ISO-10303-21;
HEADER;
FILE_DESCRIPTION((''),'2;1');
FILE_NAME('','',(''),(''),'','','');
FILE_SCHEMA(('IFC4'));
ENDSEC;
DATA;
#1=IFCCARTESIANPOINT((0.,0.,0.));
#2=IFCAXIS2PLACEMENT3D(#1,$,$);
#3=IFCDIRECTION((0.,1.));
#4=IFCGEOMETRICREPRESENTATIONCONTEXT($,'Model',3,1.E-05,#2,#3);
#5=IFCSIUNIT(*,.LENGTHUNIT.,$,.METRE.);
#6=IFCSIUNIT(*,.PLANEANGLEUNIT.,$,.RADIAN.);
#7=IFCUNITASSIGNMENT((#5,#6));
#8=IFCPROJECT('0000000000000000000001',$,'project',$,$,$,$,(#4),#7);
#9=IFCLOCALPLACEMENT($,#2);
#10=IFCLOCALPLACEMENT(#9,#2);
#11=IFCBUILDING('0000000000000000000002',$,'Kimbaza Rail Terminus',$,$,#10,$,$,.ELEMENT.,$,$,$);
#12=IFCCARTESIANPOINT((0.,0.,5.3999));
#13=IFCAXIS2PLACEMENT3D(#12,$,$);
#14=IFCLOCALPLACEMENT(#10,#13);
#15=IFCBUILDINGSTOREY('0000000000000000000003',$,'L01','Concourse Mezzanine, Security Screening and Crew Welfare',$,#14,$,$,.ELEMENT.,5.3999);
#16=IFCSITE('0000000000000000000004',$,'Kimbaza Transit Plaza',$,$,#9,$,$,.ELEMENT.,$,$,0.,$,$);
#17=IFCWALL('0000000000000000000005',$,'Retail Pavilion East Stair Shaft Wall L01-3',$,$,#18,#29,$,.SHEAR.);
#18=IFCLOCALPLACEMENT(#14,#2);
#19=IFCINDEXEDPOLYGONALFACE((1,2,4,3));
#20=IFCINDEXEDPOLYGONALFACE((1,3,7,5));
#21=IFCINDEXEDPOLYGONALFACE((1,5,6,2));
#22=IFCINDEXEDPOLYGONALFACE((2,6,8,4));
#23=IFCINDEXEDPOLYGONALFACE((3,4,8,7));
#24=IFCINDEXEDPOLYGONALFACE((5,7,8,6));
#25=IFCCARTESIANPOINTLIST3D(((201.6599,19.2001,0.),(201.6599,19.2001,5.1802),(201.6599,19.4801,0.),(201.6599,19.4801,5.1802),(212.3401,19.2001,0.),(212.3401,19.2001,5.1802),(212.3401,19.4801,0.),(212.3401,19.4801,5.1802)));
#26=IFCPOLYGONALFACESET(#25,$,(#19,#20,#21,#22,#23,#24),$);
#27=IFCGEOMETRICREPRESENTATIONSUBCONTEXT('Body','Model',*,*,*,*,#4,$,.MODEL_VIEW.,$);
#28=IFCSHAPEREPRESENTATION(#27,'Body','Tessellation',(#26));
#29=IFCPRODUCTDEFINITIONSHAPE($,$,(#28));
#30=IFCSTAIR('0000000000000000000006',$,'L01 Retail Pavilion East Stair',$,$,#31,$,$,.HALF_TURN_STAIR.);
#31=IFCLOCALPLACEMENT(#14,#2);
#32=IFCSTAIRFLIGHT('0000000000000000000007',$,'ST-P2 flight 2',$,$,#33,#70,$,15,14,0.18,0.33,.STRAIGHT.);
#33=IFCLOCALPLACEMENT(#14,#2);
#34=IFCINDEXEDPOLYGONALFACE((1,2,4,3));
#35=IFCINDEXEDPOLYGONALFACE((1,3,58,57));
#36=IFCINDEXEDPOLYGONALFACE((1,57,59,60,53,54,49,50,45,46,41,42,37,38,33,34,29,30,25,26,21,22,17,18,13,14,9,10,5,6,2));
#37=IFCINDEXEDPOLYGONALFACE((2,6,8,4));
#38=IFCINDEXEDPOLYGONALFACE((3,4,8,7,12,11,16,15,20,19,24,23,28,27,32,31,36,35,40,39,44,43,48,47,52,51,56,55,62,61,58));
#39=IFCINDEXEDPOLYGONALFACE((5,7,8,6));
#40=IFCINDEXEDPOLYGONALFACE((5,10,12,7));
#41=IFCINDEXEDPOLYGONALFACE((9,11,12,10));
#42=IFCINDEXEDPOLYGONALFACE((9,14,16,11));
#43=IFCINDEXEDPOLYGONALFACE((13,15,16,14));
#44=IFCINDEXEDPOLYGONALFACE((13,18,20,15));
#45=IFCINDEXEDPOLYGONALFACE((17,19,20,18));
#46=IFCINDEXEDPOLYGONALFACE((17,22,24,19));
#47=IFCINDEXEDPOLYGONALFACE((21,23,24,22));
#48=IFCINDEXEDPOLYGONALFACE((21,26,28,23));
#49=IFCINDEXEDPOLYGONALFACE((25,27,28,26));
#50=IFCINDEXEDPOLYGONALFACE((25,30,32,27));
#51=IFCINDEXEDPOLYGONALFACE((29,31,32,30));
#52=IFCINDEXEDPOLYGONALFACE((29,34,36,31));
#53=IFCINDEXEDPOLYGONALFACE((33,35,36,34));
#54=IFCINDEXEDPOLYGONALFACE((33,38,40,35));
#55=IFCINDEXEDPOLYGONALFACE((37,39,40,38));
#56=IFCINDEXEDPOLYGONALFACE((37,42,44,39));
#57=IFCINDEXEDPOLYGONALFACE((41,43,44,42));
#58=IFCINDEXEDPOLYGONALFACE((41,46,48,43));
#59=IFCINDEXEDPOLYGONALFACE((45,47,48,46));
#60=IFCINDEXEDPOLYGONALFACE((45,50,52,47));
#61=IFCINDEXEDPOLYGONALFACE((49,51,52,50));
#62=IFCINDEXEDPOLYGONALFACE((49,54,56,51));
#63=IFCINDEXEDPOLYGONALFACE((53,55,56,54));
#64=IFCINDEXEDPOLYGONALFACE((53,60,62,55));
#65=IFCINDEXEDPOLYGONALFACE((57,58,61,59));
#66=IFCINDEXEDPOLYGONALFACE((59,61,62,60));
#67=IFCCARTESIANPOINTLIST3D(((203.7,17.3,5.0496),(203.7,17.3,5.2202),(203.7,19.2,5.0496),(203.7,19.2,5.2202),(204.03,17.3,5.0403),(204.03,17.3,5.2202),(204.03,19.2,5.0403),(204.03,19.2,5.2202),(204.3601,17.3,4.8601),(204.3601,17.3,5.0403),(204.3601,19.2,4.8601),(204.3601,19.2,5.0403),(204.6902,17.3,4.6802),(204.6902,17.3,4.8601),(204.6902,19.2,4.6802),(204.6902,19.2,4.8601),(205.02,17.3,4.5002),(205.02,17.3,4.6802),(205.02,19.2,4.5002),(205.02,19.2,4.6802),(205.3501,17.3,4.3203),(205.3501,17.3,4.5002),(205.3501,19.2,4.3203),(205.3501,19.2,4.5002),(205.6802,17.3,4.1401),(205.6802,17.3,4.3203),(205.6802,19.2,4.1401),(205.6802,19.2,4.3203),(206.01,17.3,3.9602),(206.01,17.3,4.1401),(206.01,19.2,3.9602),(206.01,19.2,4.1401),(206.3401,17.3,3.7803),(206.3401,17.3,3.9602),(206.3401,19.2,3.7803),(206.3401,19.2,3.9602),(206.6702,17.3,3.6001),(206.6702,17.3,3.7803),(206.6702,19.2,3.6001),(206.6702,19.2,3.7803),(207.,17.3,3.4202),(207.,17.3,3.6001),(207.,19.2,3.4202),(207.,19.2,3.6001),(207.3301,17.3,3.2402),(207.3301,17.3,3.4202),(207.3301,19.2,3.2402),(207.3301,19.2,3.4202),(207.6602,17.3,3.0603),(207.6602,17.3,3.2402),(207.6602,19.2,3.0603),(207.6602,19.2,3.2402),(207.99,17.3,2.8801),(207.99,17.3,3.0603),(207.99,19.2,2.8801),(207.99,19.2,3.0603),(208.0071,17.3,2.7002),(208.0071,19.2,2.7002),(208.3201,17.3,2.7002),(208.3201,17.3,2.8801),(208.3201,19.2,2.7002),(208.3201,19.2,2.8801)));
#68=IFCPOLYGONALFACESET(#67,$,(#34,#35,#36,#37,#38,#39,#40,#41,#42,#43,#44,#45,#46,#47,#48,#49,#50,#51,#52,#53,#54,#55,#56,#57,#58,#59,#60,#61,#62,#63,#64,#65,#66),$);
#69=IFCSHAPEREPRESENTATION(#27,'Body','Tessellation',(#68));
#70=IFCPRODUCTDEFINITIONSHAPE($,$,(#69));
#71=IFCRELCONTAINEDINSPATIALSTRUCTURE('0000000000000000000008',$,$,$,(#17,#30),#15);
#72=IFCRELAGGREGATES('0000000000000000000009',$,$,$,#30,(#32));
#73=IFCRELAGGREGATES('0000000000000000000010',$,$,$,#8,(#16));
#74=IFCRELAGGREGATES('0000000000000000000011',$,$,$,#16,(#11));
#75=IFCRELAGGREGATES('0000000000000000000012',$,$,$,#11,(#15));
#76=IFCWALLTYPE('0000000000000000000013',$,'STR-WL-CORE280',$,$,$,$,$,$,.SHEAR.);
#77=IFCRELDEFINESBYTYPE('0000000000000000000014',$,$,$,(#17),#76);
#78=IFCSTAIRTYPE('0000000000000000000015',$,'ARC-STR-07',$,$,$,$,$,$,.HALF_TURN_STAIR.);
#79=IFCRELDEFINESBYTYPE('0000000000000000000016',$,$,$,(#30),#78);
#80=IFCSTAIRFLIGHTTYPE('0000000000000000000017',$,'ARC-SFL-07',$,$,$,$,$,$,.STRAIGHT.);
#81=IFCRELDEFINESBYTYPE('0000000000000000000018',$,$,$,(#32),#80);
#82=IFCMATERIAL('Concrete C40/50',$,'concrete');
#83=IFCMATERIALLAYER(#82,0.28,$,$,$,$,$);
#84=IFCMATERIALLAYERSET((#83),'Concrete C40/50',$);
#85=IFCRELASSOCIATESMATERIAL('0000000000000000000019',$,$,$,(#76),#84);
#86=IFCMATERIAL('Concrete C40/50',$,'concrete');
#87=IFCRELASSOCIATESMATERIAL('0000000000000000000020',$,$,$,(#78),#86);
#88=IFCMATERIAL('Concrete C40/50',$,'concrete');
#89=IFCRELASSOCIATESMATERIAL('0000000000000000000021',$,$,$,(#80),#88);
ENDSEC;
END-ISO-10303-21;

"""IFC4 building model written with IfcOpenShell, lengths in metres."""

from ifc_helpers import new_model, si_unit, direction, frame, frame_2d, origin, place, context, subcontext, project, spatial, polyline, rectangle, outline, extrude, material, layer, layer_set, type_object, element, aggregate, save


model = new_model("IFC4")

# Units and contexts
model_context = context("Model", 3, precision=1e-05, world=origin(), true_north=direction((0.0, 1.0)))
body_context = subcontext(model_context, "Body", "Model", "MODEL_VIEW")
ifc_project = project(units=[si_unit("LENGTHUNIT", "METRE"), si_unit("PLANEANGLEUNIT", "RADIAN")], contexts=[model_context])

# Site, building, storey
site_placement = place(None, origin())
site = spatial("IfcSite", under=ifc_project, at=site_placement, Name="Kimbaza Transit Plaza", CompositionType="ELEMENT", RefElevation=0.0)
building_placement = place(site_placement, origin())
building = spatial("IfcBuilding", under=site, at=building_placement, Name="Kimbaza Rail Terminus", CompositionType="ELEMENT")
storey_placement = place(building_placement, frame((0.0, 0.0, 5.3999)))
storey = spatial("IfcBuildingStorey", under=building, at=storey_placement, Name="L01", Description="Concourse Mezzanine, Security Screening and Crew Welfare", CompositionType="ELEMENT", Elevation=5.3999)

# Wall
ifc_material_1 = material(Name="Concrete C40/50", Category="concrete")
ifc_layer_1 = layer(ifc_material_1, 0.28)
ifc_layer_set_1 = layer_set([ifc_layer_1], Name="Concrete C40/50")
wall_type_1 = type_object("IfcWallType", Name="STR-WL-CORE280", PredefinedType="SHEAR", material=ifc_layer_set_1)
wall_1_placement = place(storey_placement, frame((212.3401, 19.3401, 0.0), z_axis=(0.0, 0.0, 1.0), x_axis=(-1.0, 0.0, 0.0)))
element("IfcWall", 1, at=wall_1_placement, inside=storey, type_object=wall_type_1, Name="Retail Pavilion East Stair Shaft Wall L01-3", PredefinedType="SHEAR", context=body_context, shape_type="SweptSolid", body=[
    extrude(rectangle(XDim=10.6802, YDim=0.28, at=frame_2d((5.3401, 0.0))), origin(), (0.0, 0.0, 1.0), 5.1802),
])

# Stair, stair flight
ifc_material_2 = material(Name="Concrete C40/50", Category="concrete")
stair_type = type_object("IfcStairType", Name="ARC-STR-07", PredefinedType="HALF_TURN_STAIR", material=ifc_material_2)
stair_placement = place(storey_placement, origin())
stair = element("IfcStair", 2, at=stair_placement, inside=storey, type_object=stair_type, Name="L01 Retail Pavilion East Stair", PredefinedType="HALF_TURN_STAIR")
ifc_material_3 = material(Name="Concrete C40/50", Category="concrete")
stair_flight_type = type_object("IfcStairFlightType", Name="ARC-SFL-07", PredefinedType="STRAIGHT", material=ifc_material_3)
stair_flight_placement = place(storey_placement, frame((208.3201, 18.25, 2.7002), z_axis=(0.0, 0.0, 1.0), x_axis=(-1.0, 0.0, 0.0)))
stair_flight = element("IfcStairFlight", 3, at=stair_flight_placement, type_object=stair_flight_type, Name="ST-P2 flight 2", NumberOfRisers=15, NumberOfTreads=14, PredefinedType="STRAIGHT", RiserHeight=0.18, TreadLength=0.33, context=body_context, shape_type="SweptSolid", body=[
    extrude(outline(polyline([(0.0, 0.0), (0.0, 0.1799), (0.3301, 0.1799), (0.3301, 0.3601), (0.6599, 0.3601), (0.6599, 0.54), (0.99, 0.54), (0.99, 0.72), (1.3201, 0.72), (1.3201, 0.8999), (1.6499, 0.8999), (1.6499, 1.0801), (1.98, 1.0801), (1.98, 1.26), (2.3101, 1.26), (2.3101, 1.4399), (2.6399, 1.4399), (2.6399, 1.6201), (2.97, 1.6201), (2.97, 1.8), (3.3, 1.8), (3.3, 1.98), (3.6299, 1.98), (3.6299, 2.1599), (3.96, 2.1599), (3.96, 2.3401), (4.29, 2.3401), (4.29, 2.52), (4.6201, 2.52), (4.6201, 2.7), (4.6201, 2.3494), (0.313, 0.0), (0.0, 0.0)])), frame((0.0, 0.95, 0.0), z_axis=(0.0, -1.0, 0.0), x_axis=(1.0, 0.0, 0.0)), (0.0, 0.0, 1.0), 1.8999),
])
aggregate(stair, [stair_flight])

save(model, "model.ifc")
